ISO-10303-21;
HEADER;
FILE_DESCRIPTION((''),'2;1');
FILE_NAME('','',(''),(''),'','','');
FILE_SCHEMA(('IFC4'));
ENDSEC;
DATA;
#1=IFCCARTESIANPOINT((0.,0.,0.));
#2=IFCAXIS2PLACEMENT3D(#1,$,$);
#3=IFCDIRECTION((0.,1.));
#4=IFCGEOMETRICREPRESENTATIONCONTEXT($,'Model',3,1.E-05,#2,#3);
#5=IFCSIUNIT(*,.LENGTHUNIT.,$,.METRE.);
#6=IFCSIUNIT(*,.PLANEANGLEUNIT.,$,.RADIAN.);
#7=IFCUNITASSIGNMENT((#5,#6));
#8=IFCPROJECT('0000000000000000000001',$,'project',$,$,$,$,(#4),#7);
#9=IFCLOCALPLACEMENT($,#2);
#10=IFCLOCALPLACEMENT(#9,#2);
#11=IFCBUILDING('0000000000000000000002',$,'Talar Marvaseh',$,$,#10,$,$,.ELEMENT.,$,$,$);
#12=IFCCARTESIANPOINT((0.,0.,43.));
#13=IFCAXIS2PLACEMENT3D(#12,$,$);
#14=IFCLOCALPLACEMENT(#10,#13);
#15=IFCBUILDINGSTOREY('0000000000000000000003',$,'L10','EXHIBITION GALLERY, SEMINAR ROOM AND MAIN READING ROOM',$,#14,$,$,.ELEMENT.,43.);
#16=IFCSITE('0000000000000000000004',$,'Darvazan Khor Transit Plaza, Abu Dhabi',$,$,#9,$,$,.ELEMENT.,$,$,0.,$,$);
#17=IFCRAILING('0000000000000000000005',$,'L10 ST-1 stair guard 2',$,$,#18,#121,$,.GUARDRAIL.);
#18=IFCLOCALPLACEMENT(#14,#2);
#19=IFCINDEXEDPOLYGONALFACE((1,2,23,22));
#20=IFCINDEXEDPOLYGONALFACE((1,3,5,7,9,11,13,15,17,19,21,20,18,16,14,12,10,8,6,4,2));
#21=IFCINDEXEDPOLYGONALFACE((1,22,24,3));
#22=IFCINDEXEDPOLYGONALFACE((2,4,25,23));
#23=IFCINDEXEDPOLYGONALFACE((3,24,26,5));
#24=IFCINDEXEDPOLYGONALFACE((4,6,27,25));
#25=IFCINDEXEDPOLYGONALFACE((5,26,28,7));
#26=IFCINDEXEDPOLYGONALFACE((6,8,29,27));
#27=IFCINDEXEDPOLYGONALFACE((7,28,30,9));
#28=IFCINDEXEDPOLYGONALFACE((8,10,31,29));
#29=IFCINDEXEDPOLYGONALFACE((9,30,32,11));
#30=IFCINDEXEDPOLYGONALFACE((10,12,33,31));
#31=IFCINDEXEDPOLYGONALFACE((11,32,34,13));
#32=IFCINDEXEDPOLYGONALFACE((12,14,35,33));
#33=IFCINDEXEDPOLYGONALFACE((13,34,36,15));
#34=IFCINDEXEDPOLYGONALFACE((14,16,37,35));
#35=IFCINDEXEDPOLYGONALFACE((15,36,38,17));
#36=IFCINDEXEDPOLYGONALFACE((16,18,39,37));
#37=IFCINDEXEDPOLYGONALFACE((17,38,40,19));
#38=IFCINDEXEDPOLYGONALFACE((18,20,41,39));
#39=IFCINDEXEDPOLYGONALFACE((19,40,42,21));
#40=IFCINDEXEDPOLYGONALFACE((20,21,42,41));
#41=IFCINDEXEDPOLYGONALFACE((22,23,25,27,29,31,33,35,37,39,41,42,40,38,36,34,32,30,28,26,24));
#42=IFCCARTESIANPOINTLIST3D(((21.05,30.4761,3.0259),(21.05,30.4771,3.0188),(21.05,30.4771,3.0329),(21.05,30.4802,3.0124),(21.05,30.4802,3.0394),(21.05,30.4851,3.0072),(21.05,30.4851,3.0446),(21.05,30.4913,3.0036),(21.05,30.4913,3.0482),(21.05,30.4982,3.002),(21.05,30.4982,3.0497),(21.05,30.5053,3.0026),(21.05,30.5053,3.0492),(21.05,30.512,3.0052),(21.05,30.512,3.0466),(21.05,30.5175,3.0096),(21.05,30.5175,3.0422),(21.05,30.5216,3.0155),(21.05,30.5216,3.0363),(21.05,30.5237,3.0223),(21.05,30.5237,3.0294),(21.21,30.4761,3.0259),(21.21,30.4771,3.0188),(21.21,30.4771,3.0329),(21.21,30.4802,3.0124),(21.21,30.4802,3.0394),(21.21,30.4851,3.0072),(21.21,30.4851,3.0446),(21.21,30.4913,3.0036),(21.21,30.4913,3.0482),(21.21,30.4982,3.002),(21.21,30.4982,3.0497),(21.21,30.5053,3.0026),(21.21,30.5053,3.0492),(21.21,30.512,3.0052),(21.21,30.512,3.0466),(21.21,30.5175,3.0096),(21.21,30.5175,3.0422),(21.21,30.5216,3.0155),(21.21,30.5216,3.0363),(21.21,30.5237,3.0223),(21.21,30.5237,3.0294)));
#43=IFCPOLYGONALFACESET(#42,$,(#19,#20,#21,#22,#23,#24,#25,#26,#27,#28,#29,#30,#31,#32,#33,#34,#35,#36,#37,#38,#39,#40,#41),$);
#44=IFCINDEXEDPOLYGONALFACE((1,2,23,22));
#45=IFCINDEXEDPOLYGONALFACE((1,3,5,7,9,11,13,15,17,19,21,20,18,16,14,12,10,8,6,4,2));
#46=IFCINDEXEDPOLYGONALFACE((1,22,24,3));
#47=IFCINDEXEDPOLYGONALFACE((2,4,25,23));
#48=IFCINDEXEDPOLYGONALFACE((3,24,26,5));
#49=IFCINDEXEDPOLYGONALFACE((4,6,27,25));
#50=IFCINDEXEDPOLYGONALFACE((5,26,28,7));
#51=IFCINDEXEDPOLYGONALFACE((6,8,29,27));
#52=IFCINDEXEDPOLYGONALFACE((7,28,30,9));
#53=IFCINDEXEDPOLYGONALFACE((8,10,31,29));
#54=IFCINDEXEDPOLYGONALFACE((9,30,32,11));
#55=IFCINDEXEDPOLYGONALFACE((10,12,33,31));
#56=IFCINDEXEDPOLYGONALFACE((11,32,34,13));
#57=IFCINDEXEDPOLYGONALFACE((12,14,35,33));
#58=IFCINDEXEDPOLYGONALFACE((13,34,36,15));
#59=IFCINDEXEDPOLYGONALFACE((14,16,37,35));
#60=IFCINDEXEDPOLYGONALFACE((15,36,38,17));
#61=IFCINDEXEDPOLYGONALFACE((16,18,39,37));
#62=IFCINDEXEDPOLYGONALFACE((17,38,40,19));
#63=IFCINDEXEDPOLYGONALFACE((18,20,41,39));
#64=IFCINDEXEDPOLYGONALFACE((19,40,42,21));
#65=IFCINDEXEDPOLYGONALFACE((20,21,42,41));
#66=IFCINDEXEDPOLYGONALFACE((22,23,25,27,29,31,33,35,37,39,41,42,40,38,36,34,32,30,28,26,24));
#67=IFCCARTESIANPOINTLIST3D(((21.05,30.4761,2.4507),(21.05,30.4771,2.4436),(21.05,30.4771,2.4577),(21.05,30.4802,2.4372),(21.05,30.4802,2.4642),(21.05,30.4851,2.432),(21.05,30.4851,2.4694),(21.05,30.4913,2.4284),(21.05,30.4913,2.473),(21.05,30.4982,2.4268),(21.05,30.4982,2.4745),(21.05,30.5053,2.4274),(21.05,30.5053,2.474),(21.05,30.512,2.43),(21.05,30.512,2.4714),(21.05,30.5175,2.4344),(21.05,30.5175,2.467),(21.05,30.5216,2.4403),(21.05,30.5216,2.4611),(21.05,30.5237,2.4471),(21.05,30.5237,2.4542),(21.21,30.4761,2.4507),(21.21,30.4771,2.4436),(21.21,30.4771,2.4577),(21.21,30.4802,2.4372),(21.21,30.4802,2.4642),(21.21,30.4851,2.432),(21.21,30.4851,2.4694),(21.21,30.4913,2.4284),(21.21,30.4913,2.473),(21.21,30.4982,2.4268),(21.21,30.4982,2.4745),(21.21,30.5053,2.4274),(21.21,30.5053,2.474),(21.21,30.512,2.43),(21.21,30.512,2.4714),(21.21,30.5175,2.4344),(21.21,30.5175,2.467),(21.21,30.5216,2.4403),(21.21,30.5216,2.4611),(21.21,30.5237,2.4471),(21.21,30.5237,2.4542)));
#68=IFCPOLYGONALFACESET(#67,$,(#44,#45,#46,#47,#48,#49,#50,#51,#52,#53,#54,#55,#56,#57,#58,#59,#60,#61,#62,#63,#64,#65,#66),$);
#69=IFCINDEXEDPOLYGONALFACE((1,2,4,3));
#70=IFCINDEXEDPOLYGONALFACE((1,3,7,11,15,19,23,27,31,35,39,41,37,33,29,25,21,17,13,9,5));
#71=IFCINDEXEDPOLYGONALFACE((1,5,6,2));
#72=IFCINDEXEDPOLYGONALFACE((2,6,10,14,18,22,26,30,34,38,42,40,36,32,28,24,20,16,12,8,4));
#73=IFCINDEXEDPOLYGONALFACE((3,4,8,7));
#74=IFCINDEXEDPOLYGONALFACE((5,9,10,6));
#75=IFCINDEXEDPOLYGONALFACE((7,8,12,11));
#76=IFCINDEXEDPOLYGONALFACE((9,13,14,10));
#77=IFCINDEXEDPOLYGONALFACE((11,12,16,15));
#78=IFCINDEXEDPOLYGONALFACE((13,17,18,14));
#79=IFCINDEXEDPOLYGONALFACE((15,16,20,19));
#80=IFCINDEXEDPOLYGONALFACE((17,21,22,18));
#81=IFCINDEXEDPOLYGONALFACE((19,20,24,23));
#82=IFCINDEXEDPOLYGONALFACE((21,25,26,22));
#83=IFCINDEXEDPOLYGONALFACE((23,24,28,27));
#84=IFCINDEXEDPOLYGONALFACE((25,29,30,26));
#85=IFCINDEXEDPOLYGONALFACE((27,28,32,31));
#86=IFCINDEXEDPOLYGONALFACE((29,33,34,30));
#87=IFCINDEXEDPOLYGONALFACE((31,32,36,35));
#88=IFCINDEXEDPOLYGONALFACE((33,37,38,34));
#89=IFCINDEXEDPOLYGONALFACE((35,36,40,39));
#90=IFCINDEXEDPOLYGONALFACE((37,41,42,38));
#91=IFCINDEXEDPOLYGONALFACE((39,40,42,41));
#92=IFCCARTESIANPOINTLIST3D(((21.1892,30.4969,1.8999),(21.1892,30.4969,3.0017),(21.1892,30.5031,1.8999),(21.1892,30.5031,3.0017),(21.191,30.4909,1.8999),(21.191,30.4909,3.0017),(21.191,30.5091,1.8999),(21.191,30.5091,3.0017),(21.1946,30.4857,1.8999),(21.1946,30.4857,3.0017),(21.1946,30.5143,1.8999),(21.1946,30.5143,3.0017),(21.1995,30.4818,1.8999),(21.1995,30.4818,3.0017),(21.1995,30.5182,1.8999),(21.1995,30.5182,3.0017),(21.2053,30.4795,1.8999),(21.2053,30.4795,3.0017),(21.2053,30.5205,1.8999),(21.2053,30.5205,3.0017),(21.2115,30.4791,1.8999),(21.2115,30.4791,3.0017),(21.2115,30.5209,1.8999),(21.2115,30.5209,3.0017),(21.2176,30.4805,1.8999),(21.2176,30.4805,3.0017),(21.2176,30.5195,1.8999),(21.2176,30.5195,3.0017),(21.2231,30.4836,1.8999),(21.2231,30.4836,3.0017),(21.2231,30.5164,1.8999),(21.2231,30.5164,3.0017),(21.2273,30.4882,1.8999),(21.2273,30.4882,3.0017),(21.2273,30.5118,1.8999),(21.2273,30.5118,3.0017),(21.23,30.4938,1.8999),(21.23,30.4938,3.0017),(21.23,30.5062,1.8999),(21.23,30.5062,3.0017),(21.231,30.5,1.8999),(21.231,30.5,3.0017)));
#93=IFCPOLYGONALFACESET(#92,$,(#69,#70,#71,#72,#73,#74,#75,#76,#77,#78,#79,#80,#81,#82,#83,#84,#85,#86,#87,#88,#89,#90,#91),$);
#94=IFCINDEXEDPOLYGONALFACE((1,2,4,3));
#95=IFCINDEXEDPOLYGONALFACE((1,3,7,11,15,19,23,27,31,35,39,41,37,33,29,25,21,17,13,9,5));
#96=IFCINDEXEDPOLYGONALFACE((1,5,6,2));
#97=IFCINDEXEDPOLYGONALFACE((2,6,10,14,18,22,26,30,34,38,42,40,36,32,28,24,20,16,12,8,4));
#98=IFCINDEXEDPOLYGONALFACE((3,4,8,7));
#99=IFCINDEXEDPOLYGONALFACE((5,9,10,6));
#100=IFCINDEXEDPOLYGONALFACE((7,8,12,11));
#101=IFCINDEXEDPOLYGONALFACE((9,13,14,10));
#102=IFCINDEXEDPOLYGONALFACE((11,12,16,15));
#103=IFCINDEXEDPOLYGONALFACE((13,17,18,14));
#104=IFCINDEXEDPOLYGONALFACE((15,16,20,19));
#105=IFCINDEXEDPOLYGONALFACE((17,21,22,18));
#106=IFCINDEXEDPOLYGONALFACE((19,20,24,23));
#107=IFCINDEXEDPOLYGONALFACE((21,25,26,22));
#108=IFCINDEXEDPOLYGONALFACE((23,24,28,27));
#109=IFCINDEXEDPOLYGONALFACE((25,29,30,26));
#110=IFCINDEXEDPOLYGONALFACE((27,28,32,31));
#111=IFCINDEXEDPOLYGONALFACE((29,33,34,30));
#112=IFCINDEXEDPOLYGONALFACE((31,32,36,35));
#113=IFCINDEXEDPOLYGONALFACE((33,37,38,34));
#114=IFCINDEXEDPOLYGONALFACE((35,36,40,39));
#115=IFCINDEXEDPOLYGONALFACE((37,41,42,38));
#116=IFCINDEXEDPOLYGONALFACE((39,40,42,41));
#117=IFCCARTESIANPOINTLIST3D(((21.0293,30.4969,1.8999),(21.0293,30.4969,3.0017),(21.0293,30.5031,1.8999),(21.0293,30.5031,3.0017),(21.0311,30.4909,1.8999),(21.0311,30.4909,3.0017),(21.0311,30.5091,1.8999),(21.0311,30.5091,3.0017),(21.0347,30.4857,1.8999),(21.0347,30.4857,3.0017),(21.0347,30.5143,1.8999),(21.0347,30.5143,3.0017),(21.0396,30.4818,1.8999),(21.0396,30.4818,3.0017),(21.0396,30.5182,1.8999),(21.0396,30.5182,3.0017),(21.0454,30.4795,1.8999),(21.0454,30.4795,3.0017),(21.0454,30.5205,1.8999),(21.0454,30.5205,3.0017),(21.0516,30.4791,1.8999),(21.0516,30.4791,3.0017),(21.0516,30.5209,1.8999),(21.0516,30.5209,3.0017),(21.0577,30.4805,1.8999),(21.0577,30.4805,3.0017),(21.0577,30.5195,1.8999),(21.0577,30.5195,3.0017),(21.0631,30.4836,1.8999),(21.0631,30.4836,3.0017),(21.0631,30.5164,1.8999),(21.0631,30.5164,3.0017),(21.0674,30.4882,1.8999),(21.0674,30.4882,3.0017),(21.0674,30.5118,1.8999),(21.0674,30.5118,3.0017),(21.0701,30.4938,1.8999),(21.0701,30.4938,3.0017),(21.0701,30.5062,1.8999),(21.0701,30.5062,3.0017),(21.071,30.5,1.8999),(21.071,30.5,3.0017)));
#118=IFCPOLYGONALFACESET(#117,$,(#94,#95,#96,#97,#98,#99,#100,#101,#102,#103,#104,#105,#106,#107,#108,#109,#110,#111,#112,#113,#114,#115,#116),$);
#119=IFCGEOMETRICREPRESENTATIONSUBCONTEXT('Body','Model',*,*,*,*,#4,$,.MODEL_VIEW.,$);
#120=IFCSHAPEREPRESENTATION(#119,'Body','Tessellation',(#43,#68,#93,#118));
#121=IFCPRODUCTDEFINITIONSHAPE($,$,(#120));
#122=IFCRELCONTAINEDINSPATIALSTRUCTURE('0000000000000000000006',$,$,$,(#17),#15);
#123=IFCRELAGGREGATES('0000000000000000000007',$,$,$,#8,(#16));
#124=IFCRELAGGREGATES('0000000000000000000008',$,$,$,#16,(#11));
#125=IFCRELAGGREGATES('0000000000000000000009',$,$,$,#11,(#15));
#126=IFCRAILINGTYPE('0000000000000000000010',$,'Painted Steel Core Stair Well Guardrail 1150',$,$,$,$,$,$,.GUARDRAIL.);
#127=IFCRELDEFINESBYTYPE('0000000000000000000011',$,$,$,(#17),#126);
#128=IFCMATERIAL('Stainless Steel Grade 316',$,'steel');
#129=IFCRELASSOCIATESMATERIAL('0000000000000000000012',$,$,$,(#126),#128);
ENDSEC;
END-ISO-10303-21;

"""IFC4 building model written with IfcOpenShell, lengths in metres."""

from ifc_helpers import new_model, si_unit, direction, frame, origin, origin_2d, place, context, subcontext, project, spatial, circle, extrude, material, type_object, element, save


model = new_model("IFC4")

# Units and contexts
model_context = context("Model", 3, precision=1e-05, world=origin(), true_north=direction((0.0, 1.0)))
body_context = subcontext(model_context, "Body", "Model", "MODEL_VIEW")
ifc_project = project(units=[si_unit("LENGTHUNIT", "METRE"), si_unit("PLANEANGLEUNIT", "RADIAN")], contexts=[model_context])

# Site, building, storey
site_placement = place(None, origin())
site = spatial("IfcSite", under=ifc_project, at=site_placement, Name="Darvazan Khor Transit Plaza, Abu Dhabi", CompositionType="ELEMENT", RefElevation=0.0)
building_placement = place(site_placement, origin())
building = spatial("IfcBuilding", under=site, at=building_placement, Name="Talar Marvaseh", CompositionType="ELEMENT")
storey_placement = place(building_placement, frame((0.0, 0.0, 43.0)))
storey = spatial("IfcBuildingStorey", under=building, at=storey_placement, Name="L10", Description="EXHIBITION GALLERY, SEMINAR ROOM AND MAIN READING ROOM", CompositionType="ELEMENT", Elevation=43.0)

# Railing
ifc_material_1 = material(Name="Stainless Steel Grade 316", Category="steel")
railing_type_1 = type_object("IfcRailingType", Name="Painted Steel Core Stair Well Guardrail 1150", PredefinedType="GUARDRAIL", material=ifc_material_1)
railing_1_placement = place(storey_placement, frame((21.21, 30.5, 1.8999)))
element("IfcRailing", 1, at=railing_1_placement, inside=storey, type_object=railing_type_1, Name="L10 ST-1 stair guard 2", PredefinedType="GUARDRAIL", context=body_context, shape_type="SweptSolid", body=[
    extrude(circle(Radius=0.0239, at=origin_2d()), frame((0.0, 0.0, 1.126), z_axis=(-1.0, 0.0, 0.0), x_axis=(0.0, -1.0, 0.0)), (0.0, 0.0, 1.0), 0.1599),
    extrude(circle(Radius=0.0239, at=origin_2d()), frame((0.0, 0.0, 0.5508), z_axis=(-1.0, 0.0, 0.0), x_axis=(0.0, -1.0, 0.0)), (0.0, 0.0, 1.0), 0.1599),
    extrude(circle(Radius=0.021, at=origin_2d()), origin(), (0.0, 0.0, 1.0), 1.1018),
    extrude(circle(Radius=0.021, at=origin_2d()), frame((-0.1599, 0.0, 0.0)), (0.0, 0.0, 1.0), 1.1018),
])

save(model, "model.ifc")
